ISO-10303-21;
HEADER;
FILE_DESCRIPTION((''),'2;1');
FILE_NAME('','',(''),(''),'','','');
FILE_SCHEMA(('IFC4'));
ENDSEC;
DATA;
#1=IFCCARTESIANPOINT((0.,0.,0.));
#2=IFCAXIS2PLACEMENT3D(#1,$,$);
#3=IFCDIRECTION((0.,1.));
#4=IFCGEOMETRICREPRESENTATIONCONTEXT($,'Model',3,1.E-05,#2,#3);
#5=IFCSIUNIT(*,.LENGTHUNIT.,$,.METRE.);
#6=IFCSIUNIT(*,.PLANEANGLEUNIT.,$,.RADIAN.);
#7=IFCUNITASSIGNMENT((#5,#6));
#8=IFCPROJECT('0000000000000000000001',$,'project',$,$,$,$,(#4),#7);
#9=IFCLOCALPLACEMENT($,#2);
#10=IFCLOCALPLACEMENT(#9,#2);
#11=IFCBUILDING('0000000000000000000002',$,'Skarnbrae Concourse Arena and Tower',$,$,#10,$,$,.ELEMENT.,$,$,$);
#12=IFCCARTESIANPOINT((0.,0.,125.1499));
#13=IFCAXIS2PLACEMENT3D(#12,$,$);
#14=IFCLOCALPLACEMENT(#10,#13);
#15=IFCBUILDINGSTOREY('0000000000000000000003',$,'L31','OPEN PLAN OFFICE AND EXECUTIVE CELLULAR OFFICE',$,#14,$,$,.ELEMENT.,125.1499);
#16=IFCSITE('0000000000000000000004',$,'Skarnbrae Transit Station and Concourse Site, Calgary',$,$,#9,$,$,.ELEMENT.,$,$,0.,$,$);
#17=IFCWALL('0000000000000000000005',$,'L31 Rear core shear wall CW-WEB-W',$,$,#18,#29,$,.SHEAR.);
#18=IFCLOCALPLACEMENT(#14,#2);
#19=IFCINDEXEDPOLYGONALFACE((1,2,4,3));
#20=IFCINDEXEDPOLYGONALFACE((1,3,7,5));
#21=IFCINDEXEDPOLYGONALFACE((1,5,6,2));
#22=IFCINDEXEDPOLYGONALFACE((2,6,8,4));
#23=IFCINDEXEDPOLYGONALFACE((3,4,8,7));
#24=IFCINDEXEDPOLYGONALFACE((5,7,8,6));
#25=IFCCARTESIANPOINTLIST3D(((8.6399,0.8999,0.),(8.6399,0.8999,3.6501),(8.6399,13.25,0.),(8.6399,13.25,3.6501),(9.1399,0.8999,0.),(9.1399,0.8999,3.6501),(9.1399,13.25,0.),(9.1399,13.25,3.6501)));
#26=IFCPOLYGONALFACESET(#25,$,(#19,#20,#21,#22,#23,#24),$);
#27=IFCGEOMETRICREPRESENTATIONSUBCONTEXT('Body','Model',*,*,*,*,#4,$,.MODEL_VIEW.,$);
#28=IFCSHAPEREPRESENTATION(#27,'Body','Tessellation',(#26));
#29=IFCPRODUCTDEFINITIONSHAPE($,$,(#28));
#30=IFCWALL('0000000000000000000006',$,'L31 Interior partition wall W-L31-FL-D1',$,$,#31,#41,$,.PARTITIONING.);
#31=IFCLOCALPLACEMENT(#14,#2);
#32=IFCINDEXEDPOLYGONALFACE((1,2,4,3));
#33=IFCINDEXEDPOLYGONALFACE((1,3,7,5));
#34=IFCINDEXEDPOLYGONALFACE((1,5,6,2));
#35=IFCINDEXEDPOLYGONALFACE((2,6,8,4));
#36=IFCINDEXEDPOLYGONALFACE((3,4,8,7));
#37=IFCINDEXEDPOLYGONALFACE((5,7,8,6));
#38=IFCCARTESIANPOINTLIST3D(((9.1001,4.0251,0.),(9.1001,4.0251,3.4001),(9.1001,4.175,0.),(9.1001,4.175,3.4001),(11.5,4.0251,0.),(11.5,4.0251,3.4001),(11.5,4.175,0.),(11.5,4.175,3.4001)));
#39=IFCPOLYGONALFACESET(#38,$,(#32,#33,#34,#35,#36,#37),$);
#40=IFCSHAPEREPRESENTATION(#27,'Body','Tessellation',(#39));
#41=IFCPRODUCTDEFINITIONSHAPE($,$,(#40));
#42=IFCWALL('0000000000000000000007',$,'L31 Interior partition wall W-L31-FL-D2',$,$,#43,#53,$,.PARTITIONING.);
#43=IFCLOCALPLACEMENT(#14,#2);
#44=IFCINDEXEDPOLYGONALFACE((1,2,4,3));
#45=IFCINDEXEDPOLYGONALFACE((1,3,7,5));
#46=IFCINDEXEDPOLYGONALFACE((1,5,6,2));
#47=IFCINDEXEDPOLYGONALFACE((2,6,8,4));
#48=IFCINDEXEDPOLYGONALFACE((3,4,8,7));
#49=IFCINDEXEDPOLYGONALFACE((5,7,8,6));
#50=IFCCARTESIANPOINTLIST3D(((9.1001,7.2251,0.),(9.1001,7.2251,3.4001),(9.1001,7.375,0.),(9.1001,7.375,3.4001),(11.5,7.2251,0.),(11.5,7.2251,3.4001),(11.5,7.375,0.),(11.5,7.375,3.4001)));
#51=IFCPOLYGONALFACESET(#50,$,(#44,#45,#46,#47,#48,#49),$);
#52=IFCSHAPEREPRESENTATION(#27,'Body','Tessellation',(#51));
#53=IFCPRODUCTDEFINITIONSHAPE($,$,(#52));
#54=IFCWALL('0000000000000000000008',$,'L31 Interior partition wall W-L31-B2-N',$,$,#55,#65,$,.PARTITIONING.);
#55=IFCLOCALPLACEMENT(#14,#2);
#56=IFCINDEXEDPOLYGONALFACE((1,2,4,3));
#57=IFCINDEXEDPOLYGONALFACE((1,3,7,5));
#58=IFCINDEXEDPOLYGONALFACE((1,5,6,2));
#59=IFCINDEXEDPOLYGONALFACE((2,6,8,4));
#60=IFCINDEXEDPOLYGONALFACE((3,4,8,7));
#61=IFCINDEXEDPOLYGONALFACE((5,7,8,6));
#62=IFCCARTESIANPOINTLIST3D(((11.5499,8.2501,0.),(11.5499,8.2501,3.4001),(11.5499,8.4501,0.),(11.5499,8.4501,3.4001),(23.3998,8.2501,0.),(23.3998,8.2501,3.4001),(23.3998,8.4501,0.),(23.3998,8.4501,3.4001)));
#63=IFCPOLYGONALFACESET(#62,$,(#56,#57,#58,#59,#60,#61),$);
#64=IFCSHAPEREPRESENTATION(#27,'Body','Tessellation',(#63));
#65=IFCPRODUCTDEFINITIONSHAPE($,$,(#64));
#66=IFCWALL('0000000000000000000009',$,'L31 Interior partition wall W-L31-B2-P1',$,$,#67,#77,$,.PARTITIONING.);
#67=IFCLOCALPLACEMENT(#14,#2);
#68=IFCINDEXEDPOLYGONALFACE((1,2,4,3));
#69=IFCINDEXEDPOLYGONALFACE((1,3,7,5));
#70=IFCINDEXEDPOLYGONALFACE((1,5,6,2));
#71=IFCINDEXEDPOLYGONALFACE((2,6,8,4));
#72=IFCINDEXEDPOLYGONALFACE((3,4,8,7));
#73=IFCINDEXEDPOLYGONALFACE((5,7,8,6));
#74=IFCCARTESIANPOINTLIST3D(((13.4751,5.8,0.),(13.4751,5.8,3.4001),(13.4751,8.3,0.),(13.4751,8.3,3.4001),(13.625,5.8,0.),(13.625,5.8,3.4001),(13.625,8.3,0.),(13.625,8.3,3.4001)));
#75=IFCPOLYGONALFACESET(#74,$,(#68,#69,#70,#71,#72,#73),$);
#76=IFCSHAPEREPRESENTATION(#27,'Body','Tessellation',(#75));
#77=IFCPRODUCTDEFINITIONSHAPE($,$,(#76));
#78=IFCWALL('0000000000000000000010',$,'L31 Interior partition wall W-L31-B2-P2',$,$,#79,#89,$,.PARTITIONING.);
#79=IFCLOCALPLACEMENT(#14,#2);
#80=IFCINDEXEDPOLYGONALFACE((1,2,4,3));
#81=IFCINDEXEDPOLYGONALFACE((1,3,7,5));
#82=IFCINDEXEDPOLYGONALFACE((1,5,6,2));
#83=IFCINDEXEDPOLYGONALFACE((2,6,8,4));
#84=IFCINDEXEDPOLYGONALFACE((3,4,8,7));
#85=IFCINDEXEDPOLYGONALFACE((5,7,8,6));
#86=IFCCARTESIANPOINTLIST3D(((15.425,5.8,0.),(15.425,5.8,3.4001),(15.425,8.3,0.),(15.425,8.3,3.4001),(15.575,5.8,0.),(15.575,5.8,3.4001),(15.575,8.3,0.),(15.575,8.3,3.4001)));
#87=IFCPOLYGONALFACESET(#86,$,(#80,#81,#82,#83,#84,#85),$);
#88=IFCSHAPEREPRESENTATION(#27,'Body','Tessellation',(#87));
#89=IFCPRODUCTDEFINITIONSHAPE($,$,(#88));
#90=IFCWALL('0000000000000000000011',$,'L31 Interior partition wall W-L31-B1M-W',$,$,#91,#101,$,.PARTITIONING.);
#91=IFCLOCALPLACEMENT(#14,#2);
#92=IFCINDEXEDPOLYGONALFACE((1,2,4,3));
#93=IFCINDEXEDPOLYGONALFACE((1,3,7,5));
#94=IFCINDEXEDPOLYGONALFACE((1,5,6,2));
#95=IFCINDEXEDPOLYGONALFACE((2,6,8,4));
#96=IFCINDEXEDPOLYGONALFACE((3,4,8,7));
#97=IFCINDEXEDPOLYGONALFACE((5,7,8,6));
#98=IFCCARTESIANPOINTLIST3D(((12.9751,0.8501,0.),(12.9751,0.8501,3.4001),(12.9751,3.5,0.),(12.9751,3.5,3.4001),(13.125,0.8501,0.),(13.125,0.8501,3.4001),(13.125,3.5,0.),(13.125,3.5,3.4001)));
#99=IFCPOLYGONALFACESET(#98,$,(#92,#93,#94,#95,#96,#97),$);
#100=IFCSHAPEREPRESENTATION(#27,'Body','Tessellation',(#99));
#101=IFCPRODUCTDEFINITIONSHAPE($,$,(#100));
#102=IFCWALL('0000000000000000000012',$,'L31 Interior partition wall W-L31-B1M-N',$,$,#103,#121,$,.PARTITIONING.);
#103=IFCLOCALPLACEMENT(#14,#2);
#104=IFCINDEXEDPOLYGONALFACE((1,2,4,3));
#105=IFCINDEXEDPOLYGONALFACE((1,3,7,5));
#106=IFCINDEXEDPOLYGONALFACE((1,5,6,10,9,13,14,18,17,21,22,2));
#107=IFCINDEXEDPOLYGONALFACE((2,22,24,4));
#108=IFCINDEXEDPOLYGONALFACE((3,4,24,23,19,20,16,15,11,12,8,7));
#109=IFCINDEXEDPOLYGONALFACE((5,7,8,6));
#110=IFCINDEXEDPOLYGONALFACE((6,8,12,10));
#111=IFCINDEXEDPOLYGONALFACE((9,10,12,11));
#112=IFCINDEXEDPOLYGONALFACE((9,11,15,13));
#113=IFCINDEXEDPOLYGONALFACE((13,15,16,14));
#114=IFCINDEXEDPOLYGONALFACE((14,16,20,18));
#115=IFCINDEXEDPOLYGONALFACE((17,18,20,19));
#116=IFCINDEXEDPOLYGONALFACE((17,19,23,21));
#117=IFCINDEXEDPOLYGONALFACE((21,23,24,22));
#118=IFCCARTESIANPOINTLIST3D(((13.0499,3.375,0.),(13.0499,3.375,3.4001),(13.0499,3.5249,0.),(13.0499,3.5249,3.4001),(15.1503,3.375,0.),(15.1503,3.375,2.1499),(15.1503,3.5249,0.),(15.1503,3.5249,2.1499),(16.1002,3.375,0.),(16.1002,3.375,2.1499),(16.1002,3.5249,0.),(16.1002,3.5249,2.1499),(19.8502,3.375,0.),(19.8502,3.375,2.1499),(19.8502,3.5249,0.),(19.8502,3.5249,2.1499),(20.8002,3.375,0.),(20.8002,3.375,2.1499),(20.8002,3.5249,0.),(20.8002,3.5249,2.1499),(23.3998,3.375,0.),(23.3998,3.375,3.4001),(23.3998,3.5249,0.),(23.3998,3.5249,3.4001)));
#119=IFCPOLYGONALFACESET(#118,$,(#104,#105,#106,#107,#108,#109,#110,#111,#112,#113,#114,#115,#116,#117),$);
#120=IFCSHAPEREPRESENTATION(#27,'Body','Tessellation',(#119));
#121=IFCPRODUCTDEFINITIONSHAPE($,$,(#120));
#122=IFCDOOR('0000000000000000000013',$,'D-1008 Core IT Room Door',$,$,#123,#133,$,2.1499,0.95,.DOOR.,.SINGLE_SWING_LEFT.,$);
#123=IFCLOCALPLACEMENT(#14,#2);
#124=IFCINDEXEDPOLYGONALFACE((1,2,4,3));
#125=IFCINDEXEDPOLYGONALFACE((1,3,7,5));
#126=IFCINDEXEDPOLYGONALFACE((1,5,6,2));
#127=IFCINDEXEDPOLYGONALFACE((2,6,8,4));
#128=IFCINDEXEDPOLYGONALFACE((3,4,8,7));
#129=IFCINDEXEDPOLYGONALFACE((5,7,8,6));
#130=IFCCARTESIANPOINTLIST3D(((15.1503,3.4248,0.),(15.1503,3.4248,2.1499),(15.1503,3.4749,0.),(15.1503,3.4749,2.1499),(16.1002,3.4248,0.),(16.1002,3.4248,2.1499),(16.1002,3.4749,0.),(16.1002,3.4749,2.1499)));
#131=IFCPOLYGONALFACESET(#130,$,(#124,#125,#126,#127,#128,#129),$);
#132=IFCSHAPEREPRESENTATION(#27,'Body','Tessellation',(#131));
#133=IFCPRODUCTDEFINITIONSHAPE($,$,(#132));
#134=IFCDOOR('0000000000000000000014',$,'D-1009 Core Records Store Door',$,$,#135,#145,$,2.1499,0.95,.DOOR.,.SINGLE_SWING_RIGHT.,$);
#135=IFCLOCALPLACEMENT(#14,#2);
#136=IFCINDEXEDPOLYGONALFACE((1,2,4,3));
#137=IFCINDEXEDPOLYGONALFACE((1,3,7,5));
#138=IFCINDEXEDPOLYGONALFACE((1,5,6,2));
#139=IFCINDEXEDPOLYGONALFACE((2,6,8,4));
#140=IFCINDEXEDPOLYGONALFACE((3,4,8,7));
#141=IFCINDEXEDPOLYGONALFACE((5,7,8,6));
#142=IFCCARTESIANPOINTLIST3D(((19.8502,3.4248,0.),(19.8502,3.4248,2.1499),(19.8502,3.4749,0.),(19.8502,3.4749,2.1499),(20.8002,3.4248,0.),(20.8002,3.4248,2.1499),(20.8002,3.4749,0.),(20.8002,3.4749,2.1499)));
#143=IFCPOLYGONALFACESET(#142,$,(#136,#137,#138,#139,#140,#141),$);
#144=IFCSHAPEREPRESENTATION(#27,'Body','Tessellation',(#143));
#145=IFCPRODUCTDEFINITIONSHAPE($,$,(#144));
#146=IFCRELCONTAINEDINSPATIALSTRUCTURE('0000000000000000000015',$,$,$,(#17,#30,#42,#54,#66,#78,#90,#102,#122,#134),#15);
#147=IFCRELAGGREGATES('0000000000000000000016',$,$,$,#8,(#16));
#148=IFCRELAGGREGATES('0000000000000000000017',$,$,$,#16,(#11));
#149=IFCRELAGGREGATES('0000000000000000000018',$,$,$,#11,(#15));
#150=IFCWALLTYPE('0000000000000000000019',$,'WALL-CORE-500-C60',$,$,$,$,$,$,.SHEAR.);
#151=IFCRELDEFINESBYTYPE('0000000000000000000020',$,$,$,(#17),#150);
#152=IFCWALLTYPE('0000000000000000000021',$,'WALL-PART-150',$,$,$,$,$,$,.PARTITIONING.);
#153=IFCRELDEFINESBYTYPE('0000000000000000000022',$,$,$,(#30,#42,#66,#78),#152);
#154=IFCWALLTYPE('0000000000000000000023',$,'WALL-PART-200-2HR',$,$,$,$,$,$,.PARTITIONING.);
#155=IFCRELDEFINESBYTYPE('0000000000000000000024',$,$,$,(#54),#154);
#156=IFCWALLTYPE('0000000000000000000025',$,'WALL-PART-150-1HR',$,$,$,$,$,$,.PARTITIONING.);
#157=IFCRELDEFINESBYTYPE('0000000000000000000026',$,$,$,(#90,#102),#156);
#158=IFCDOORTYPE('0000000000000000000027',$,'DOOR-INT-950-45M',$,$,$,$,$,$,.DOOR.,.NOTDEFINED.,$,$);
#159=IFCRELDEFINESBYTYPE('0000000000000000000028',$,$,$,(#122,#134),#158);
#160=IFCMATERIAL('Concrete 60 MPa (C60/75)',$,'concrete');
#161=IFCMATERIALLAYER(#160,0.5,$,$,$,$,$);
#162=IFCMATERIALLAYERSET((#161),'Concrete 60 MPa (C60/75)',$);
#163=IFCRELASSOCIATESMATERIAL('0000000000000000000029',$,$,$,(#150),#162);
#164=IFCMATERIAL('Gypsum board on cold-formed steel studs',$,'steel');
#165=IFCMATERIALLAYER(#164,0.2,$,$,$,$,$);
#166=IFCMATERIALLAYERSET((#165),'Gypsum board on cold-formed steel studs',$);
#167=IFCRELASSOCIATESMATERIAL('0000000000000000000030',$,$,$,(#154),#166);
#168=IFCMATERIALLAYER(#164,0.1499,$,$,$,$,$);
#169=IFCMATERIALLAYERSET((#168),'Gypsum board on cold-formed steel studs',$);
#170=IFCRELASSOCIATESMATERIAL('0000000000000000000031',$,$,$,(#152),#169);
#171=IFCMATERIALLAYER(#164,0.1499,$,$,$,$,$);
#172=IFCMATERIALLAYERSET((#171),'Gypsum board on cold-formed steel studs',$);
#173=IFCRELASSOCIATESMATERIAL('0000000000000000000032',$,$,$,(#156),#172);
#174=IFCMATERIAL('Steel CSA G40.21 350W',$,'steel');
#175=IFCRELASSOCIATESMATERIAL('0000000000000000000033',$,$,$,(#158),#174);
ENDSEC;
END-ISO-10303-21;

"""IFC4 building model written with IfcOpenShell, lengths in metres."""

from ifc_helpers import new_model, si_unit, direction, frame, frame_2d, origin, place, context, subcontext, project, spatial, rectangle, extrude, source, transform, mapped, material, layer, layer_set, type_object, element, fill, save


model = new_model("IFC4")

# Units and contexts
model_context = context("Model", 3, precision=1e-05, world=origin(), true_north=direction((0.0, 1.0)))
body_context = subcontext(model_context, "Body", "Model", "MODEL_VIEW")
ifc_project = project(units=[si_unit("LENGTHUNIT", "METRE"), si_unit("PLANEANGLEUNIT", "RADIAN")], contexts=[model_context])

# Site, building, storey
site_placement = place(None, origin())
site = spatial("IfcSite", under=ifc_project, at=site_placement, Name="Skarnbrae Transit Station and Concourse Site, Calgary", CompositionType="ELEMENT", RefElevation=0.0)
building_placement = place(site_placement, origin())
building = spatial("IfcBuilding", under=site, at=building_placement, Name="Skarnbrae Concourse Arena and Tower", CompositionType="ELEMENT")
storey_placement = place(building_placement, frame((0.0, 0.0, 125.1499)))
storey = spatial("IfcBuildingStorey", under=building, at=storey_placement, Name="L31", Description="OPEN PLAN OFFICE AND EXECUTIVE CELLULAR OFFICE", CompositionType="ELEMENT", Elevation=125.1499)

# Wall
ifc_material_1 = material(Name="Concrete 60 MPa (C60/75)", Category="concrete")
ifc_layer_1 = layer(ifc_material_1, 0.5)
ifc_layer_set_1 = layer_set([ifc_layer_1], Name="Concrete 60 MPa (C60/75)")
wall_type_1 = type_object("IfcWallType", Name="WALL-CORE-500-C60", PredefinedType="SHEAR", material=ifc_layer_set_1)
shared_shape_1 = source(origin(), body_context, "Body", "SweptSolid", [
    extrude(rectangle(XDim=12.3501, YDim=0.5, at=frame_2d((6.175, 0.0))), origin(), (0.0, 0.0, 1.0), 3.6501),
])
wall_1_placement = place(storey_placement, frame((8.8899, 0.8999, 0.0), z_axis=(0.0, 0.0, 1.0), x_axis=(0.0, 1.0, 0.0)))
element("IfcWall", 1, at=wall_1_placement, inside=storey, type_object=wall_type_1, Name="L31 Rear core shear wall CW-WEB-W", PredefinedType="SHEAR", context=body_context, shape_type="MappedRepresentation", body=[
    mapped(shared_shape_1, transform((0.0, 0.0, 0.0))),
])

# Shared definitions
ifc_material_2 = material(Name="Gypsum board on cold-formed steel studs", Category="steel")
ifc_layer_2 = layer(ifc_material_2, 0.2)
ifc_layer_set_2 = layer_set([ifc_layer_2], Name="Gypsum board on cold-formed steel studs")
wall_type_2 = type_object("IfcWallType", Name="WALL-PART-200-2HR", PredefinedType="PARTITIONING", material=ifc_layer_set_2)
ifc_material_3 = material(Name="Steel CSA G40.21 350W", Category="steel")

# Walls
ifc_layer_3 = layer(ifc_material_2, 0.1499)
ifc_layer_set_3 = layer_set([ifc_layer_3], Name="Gypsum board on cold-formed steel studs")
wall_type_3 = type_object("IfcWallType", Name="WALL-PART-150", PredefinedType="PARTITIONING", material=ifc_layer_set_3)
shared_shape_2 = source(origin(), body_context, "Body", "SweptSolid", [
    extrude(rectangle(XDim=2.3999, YDim=0.1499, at=frame_2d((1.2, 0.0))), origin(), (0.0, 0.0, 1.0), 3.4001),
])
for number, where, z_axis, x_axis, name in (
    (2, (9.1001, 4.1001, 0.0), (0.0, 0.0, 1.0), (1.0, 0.0, 0.0), "L31 Interior partition wall W-L31-FL-D1"),
    (3, (9.1001, 7.3, 0.0), (0.0, 0.0, 1.0), (1.0, 0.0, 0.0), "L31 Interior partition wall W-L31-FL-D2"),
):
    element("IfcWall", number, at=place(storey_placement, frame(where, z_axis=z_axis, x_axis=x_axis)), inside=storey, type_object=wall_type_3, Name=name, PredefinedType="PARTITIONING", context=body_context, shape_type="MappedRepresentation", body=[
        mapped(shared_shape_2, transform((0.0, 0.0, 0.0))),
    ])

# Shared definitions
shared_shape_3 = source(origin(), body_context, "Body", "SweptSolid", [
    extrude(rectangle(XDim=11.8499, YDim=0.2, at=frame_2d((5.9248, 0.0))), origin(), (0.0, 0.0, 1.0), 3.4001),
])

# Walls
wall_2_placement = place(storey_placement, frame((11.55, 8.3501, 0.0), z_axis=(0.0, 0.0, 1.0), x_axis=(1.0, 0.0, 0.0)))
element("IfcWall", 4, at=wall_2_placement, inside=storey, type_object=wall_type_2, Name="L31 Interior partition wall W-L31-B2-N", PredefinedType="PARTITIONING", context=body_context, shape_type="MappedRepresentation", body=[
    mapped(shared_shape_3, transform((0.0, 0.0, 0.0))),
])
shared_shape_4 = source(origin(), body_context, "Body", "SweptSolid", [
    extrude(rectangle(XDim=2.5, YDim=0.1499, at=frame_2d((1.25, 0.0))), origin(), (0.0, 0.0, 1.0), 3.4001),
])
for number, where, z_axis, x_axis, name in (
    (5, (13.55, 5.8, 0.0), (0.0, 0.0, 1.0), (0.0, 1.0, 0.0), "L31 Interior partition wall W-L31-B2-P1"),
    (6, (15.5, 5.8, 0.0), (0.0, 0.0, 1.0), (0.0, 1.0, 0.0), "L31 Interior partition wall W-L31-B2-P2"),
):
    element("IfcWall", number, at=place(storey_placement, frame(where, z_axis=z_axis, x_axis=x_axis)), inside=storey, type_object=wall_type_3, Name=name, PredefinedType="PARTITIONING", context=body_context, shape_type="MappedRepresentation", body=[
        mapped(shared_shape_4, transform((0.0, 0.0, 0.0))),
    ])
ifc_layer_4 = layer(ifc_material_2, 0.1499)
ifc_layer_set_4 = layer_set([ifc_layer_4], Name="Gypsum board on cold-formed steel studs")
wall_type_4 = type_object("IfcWallType", Name="WALL-PART-150-1HR", PredefinedType="PARTITIONING", material=ifc_layer_set_4)
shared_shape_5 = source(origin(), body_context, "Body", "SweptSolid", [
    extrude(rectangle(XDim=2.6499, YDim=0.1499, at=frame_2d((1.325, 0.0))), origin(), (0.0, 0.0, 1.0), 3.4001),
])
wall_3_placement = place(storey_placement, frame((13.05, 0.8501, 0.0), z_axis=(0.0, 0.0, 1.0), x_axis=(0.0, 1.0, 0.0)))
element("IfcWall", 7, at=wall_3_placement, inside=storey, type_object=wall_type_4, Name="L31 Interior partition wall W-L31-B1M-W", PredefinedType="PARTITIONING", context=body_context, shape_type="MappedRepresentation", body=[
    mapped(shared_shape_5, transform((0.0, 0.0, 0.0))),
])

# Wall, openings, doors
shared_shape_6 = source(origin(), body_context, "Body", "SweptSolid", [
    extrude(rectangle(XDim=10.3499, YDim=0.1499, at=frame_2d((5.1748, 0.0))), origin(), (0.0, 0.0, 1.0), 3.4001),
])
wall_4_placement = place(storey_placement, frame((13.05, 3.45, 0.0), z_axis=(0.0, 0.0, 1.0), x_axis=(1.0, 0.0, 0.0)))
wall_4 = element("IfcWall", 8, at=wall_4_placement, inside=storey, type_object=wall_type_4, Name="L31 Interior partition wall W-L31-B1M-N", PredefinedType="PARTITIONING", context=body_context, shape_type="MappedRepresentation", body=[
    mapped(shared_shape_6, transform((0.0, 0.0, 0.0))),
])
opening_1_placement = place(wall_4_placement, frame((2.1001, 0.0, 0.0)))
opening_1 = element("IfcOpeningElement", 9, at=opening_1_placement, cuts=wall_4, PredefinedType="OPENING", context=body_context, shape_type="SweptSolid", body=[
    extrude(rectangle(XDim=0.95, YDim=2.1499, at=frame_2d((0.4751, 1.075))), frame((0.0, 0.085, 0.0), z_axis=(0.0, -1.0, 0.0), x_axis=(1.0, 0.0, 0.0)), (0.0, 0.0, 1.0), 0.1699),
])
opening_2_placement = place(wall_4_placement, frame((6.8, 0.0, 0.0)))
opening_2 = element("IfcOpeningElement", 10, at=opening_2_placement, cuts=wall_4, PredefinedType="OPENING", context=body_context, shape_type="SweptSolid", body=[
    extrude(rectangle(XDim=0.95, YDim=2.1499, at=frame_2d((0.4751, 1.075))), frame((0.0, 0.085, 0.0), z_axis=(0.0, -1.0, 0.0), x_axis=(1.0, 0.0, 0.0)), (0.0, 0.0, 1.0), 0.1699),
])
door_type_1 = type_object("IfcDoorType", Name="DOOR-INT-950-45M", OperationType="NOTDEFINED", PredefinedType="DOOR", material=ifc_material_3)
shared_shape_7 = source(origin(), body_context, "Body", "SweptSolid", [
    extrude(rectangle(XDim=0.95, YDim=2.1499, at=frame_2d((0.4751, 1.075))), frame((0.0, 0.0249, 0.0), z_axis=(0.0, -1.0, 0.0), x_axis=(1.0, 0.0, 0.0)), (0.0, 0.0, 1.0), 0.05),
])
door_1_placement = place(opening_1_placement, origin())
door_1 = element("IfcDoor", 11, at=door_1_placement, inside=storey, type_object=door_type_1, Name="D-1008 Core IT Room Door", OperationType="SINGLE_SWING_LEFT", OverallHeight=2.1499, OverallWidth=0.95, PredefinedType="DOOR", context=body_context, shape_type="MappedRepresentation", body=[
    mapped(shared_shape_7, transform((0.0, 0.0, 0.0))),
])
fill(opening_1, door_1)
door_2_placement = place(opening_2_placement, origin())
door_2 = element("IfcDoor", 12, at=door_2_placement, inside=storey, type_object=door_type_1, Name="D-1009 Core Records Store Door", OperationType="SINGLE_SWING_RIGHT", OverallHeight=2.1499, OverallWidth=0.95, PredefinedType="DOOR", context=body_context, shape_type="MappedRepresentation", body=[
    mapped(shared_shape_7, transform((0.0, 0.0, 0.0))),
])
fill(opening_2, door_2)

save(model, "model.ifc")
